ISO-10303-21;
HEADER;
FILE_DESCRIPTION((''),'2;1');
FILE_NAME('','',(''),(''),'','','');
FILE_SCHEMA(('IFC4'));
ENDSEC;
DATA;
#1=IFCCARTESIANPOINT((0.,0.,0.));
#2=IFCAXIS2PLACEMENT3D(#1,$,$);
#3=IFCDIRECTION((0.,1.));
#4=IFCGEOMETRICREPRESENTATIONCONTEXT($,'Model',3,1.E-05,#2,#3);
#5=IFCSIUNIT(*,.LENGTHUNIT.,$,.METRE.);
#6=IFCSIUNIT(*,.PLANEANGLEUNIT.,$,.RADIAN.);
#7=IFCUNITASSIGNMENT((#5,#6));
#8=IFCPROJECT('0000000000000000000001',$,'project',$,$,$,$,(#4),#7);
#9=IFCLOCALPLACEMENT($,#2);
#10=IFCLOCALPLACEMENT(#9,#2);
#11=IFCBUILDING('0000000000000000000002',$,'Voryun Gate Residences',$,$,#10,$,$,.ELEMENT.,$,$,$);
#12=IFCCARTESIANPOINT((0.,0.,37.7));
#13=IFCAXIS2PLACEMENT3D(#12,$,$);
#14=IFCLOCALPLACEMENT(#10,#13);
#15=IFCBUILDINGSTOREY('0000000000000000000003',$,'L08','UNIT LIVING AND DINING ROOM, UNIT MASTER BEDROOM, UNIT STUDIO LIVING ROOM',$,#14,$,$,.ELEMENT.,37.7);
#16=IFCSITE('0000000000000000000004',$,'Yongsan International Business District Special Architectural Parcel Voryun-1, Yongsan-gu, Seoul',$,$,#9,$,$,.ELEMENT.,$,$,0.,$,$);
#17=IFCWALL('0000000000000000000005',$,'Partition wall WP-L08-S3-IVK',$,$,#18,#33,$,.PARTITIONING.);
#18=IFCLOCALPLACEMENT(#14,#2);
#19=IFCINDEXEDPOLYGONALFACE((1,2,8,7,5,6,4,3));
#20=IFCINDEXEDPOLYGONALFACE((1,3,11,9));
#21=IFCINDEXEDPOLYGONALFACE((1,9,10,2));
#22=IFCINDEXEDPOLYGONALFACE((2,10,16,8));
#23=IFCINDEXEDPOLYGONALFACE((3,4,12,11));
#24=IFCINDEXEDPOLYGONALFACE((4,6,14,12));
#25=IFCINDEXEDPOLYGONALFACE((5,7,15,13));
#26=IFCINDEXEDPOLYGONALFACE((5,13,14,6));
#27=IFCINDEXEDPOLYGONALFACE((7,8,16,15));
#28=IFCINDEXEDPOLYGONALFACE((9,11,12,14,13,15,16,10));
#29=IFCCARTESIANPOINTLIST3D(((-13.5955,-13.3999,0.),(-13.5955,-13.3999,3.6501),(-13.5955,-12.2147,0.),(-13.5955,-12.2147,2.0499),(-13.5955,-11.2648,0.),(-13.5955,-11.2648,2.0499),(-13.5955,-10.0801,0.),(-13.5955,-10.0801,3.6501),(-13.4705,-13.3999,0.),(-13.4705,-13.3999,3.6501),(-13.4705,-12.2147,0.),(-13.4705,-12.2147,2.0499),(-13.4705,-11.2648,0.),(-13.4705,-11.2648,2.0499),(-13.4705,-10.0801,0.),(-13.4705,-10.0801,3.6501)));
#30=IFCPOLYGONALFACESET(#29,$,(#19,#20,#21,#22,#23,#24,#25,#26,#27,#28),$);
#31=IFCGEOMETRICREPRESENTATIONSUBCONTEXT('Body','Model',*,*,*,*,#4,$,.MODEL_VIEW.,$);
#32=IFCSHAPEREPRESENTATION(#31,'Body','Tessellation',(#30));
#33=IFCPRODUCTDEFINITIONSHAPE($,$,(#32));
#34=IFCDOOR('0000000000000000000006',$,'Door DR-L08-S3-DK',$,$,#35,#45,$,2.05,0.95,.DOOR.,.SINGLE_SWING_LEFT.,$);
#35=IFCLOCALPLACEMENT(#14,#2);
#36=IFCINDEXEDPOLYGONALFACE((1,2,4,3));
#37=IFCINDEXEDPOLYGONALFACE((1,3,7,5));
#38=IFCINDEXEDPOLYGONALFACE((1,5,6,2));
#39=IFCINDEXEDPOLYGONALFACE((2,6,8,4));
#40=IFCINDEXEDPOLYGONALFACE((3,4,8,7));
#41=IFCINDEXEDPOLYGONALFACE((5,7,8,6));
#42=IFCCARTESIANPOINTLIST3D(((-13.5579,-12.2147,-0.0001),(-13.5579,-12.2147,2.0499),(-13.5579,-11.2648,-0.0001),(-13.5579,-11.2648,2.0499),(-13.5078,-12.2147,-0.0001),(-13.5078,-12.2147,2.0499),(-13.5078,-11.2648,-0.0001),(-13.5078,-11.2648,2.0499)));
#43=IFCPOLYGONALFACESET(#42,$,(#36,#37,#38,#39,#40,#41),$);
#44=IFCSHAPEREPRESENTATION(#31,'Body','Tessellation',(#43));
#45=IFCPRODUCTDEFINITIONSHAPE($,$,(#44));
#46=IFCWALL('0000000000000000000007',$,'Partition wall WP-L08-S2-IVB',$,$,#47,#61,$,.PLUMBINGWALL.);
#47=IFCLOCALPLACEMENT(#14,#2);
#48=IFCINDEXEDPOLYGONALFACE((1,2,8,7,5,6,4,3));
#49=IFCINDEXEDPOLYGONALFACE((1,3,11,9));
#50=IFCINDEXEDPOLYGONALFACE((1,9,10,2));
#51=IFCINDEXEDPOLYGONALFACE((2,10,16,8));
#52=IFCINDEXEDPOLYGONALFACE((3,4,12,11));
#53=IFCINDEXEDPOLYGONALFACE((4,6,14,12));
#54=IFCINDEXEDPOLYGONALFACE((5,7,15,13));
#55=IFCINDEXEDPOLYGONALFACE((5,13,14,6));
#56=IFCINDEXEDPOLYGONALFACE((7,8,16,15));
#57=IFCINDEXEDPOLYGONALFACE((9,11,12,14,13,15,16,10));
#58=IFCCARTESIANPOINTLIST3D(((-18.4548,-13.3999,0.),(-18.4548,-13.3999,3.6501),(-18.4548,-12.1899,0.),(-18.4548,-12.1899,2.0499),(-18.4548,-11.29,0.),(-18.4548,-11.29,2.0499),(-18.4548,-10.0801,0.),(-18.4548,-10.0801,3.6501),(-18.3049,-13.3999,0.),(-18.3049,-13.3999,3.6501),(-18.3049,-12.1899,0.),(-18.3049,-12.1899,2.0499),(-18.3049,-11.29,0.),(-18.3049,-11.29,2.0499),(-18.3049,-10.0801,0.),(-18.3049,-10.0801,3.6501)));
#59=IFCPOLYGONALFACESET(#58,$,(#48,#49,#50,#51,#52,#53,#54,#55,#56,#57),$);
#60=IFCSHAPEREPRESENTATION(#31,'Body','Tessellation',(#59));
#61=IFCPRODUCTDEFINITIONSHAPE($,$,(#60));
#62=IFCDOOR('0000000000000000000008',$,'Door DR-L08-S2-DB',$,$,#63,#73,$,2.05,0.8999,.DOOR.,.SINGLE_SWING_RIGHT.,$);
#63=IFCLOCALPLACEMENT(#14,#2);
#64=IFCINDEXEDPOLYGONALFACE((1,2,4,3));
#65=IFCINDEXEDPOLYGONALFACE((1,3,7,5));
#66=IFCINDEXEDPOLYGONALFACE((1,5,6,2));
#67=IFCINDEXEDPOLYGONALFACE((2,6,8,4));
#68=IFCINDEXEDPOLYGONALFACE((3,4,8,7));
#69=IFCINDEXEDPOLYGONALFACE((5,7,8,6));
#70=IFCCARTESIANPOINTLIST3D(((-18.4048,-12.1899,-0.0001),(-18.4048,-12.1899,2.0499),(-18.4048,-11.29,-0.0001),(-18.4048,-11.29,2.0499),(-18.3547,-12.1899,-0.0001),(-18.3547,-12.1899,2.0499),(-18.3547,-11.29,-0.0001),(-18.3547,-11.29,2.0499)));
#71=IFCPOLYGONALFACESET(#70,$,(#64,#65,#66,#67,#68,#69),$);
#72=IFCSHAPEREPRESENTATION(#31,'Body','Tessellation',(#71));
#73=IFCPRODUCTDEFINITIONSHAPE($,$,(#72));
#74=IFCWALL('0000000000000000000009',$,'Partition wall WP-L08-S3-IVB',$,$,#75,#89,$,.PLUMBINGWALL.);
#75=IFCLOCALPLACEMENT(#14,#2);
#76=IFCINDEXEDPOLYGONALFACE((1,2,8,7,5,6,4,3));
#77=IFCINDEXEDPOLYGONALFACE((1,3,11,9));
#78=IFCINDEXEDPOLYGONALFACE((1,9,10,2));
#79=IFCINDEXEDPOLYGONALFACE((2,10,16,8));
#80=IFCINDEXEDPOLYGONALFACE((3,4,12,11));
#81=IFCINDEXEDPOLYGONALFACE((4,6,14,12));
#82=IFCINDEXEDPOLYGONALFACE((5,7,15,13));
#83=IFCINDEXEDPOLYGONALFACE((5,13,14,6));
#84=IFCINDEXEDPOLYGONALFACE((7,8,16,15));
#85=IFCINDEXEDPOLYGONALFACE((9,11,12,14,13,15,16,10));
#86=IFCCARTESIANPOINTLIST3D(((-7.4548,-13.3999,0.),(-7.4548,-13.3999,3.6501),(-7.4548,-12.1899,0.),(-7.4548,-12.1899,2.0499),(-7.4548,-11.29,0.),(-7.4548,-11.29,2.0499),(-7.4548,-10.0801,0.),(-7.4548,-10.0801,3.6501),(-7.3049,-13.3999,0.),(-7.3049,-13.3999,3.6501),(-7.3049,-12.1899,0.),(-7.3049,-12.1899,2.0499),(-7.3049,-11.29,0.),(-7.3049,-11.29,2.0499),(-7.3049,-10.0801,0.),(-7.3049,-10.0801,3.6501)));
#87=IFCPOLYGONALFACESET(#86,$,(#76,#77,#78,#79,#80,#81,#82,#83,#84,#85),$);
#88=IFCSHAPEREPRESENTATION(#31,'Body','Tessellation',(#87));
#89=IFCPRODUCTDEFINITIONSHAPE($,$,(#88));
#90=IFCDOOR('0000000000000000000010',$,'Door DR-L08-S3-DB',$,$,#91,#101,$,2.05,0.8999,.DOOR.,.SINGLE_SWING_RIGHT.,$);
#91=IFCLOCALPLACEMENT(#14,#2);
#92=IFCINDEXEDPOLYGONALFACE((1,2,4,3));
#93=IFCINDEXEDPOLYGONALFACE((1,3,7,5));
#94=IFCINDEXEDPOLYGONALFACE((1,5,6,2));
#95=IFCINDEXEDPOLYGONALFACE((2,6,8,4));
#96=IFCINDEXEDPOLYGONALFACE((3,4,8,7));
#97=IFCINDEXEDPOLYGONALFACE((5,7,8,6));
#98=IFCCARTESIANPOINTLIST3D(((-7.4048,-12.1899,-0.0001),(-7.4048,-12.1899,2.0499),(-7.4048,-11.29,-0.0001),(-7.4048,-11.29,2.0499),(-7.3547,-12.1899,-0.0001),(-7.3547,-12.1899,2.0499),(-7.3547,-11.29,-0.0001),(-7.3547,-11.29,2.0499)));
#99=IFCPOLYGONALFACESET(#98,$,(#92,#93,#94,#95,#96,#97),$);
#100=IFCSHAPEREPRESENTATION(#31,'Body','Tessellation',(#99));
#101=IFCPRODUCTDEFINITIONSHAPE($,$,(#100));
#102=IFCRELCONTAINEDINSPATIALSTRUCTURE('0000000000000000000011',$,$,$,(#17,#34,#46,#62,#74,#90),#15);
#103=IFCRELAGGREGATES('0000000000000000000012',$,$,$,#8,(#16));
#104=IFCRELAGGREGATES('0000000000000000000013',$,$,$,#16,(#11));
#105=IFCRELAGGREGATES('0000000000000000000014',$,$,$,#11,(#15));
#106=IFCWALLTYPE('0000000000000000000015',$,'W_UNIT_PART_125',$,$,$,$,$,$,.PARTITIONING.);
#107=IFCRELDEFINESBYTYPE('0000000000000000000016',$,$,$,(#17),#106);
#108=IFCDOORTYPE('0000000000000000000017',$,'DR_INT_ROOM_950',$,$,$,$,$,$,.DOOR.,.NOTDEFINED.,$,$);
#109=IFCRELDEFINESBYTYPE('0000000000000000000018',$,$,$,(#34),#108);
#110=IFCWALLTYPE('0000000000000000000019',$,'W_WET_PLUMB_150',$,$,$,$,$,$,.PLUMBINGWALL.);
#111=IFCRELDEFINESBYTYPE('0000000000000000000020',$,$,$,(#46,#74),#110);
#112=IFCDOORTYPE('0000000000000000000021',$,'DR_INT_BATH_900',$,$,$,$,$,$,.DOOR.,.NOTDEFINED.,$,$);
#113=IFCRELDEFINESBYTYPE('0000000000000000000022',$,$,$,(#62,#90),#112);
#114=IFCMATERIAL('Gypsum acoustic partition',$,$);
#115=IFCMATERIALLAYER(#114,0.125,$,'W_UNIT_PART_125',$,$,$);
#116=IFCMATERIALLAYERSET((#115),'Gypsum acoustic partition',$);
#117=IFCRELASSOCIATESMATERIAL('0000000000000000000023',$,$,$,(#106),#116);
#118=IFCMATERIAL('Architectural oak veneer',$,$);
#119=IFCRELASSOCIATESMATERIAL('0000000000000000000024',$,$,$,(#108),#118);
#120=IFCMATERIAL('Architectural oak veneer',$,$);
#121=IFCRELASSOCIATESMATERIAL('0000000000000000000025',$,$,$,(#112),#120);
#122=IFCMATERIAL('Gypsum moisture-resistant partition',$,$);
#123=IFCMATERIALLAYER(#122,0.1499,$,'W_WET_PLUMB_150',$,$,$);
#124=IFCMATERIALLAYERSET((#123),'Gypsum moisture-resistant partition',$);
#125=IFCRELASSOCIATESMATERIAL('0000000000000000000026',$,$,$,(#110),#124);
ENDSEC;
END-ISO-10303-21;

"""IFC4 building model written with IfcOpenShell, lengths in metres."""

from ifc_helpers import new_model, si_unit, direction, frame, frame_2d, origin, place, context, subcontext, project, spatial, rectangle, extrude, material, layer, layer_set, type_object, element, fill, save


model = new_model("IFC4")

# Units and contexts
model_context = context("Model", 3, precision=1e-05, world=origin(), true_north=direction((0.0, 1.0)))
body_context = subcontext(model_context, "Body", "Model", "MODEL_VIEW")
ifc_project = project(units=[si_unit("LENGTHUNIT", "METRE"), si_unit("PLANEANGLEUNIT", "RADIAN")], contexts=[model_context])

# Site, building, storey
site_placement = place(None, origin())
site = spatial("IfcSite", under=ifc_project, at=site_placement, Name="Yongsan International Business District Special Architectural Parcel Voryun-1, Yongsan-gu, Seoul", CompositionType="ELEMENT", RefElevation=0.0)
building_placement = place(site_placement, origin())
building = spatial("IfcBuilding", under=site, at=building_placement, Name="Voryun Gate Residences", CompositionType="ELEMENT")
storey_placement = place(building_placement, frame((0.0, 0.0, 37.7)))
storey = spatial("IfcBuildingStorey", under=building, at=storey_placement, Name="L08", Description="UNIT LIVING AND DINING ROOM, UNIT MASTER BEDROOM, UNIT STUDIO LIVING ROOM", CompositionType="ELEMENT", Elevation=37.7)

# Walls, openings, doors
ifc_material_1 = material(Name="Gypsum acoustic partition")
ifc_layer_1 = layer(ifc_material_1, 0.125, Name="W_UNIT_PART_125")
ifc_layer_set_1 = layer_set([ifc_layer_1], Name="Gypsum acoustic partition")
wall_type_1 = type_object("IfcWallType", Name="W_UNIT_PART_125", PredefinedType="PARTITIONING", material=ifc_layer_set_1)
ifc_material_2 = material(Name="Architectural oak veneer")
door_type_1 = type_object("IfcDoorType", Name="DR_INT_ROOM_950", OperationType="NOTDEFINED", PredefinedType="DOOR", material=ifc_material_2)
ifc_material_3 = material(Name="Architectural oak veneer")
door_type_2 = type_object("IfcDoorType", Name="DR_INT_BATH_900", OperationType="NOTDEFINED", PredefinedType="DOOR", material=ifc_material_3)
wall_1_placement = place(storey_placement, frame((-13.533, -13.3999, 0.0), z_axis=(0.0, 0.0, 1.0), x_axis=(0.0, 1.0, 0.0)))
wall_1 = element("IfcWall", 1, at=wall_1_placement, inside=storey, type_object=wall_type_1, Name="Partition wall WP-L08-S3-IVK", PredefinedType="PARTITIONING", context=body_context, shape_type="SweptSolid", body=[
    extrude(rectangle(XDim=3.3198, YDim=0.125, at=frame_2d((1.6599, 0.0))), origin(), (0.0, 0.0, 1.0), 3.6501),
])
opening_1_placement = place(wall_1_placement, frame((1.1851, 0.0, 0.0)))
opening_1 = element("IfcOpeningElement", 2, at=opening_1_placement, cuts=wall_1, PredefinedType="OPENING", context=body_context, shape_type="SweptSolid", body=[
    extrude(rectangle(XDim=0.95, YDim=2.05, at=frame_2d((0.4751, 1.0249))), frame((0.0, 0.0725, 0.0), z_axis=(0.0, -1.0, 0.0), x_axis=(1.0, 0.0, 0.0)), (0.0, 0.0, 1.0), 0.145),
])
door_1_placement = place(opening_1_placement, origin())
door_1 = element("IfcDoor", 3, at=door_1_placement, inside=storey, type_object=door_type_1, Name="Door DR-L08-S3-DK", OperationType="SINGLE_SWING_LEFT", OverallHeight=2.05, OverallWidth=0.95, PredefinedType="DOOR", context=body_context, shape_type="SweptSolid", body=[
    extrude(rectangle(XDim=0.95, YDim=2.05, at=frame_2d((0.4751, 1.0249))), frame((0.0, 0.0249, 0.0), z_axis=(0.0, -1.0, 0.0), x_axis=(1.0, 0.0, 0.0)), (0.0, 0.0, 1.0), 0.05),
])
fill(opening_1, door_1)
ifc_material_4 = material(Name="Gypsum moisture-resistant partition")
ifc_layer_2 = layer(ifc_material_4, 0.1499, Name="W_WET_PLUMB_150")
ifc_layer_set_2 = layer_set([ifc_layer_2], Name="Gypsum moisture-resistant partition")
wall_type_2 = type_object("IfcWallType", Name="W_WET_PLUMB_150", PredefinedType="PLUMBINGWALL", material=ifc_layer_set_2)
wall_2_placement = place(storey_placement, frame((-18.3799, -13.3999, 0.0), z_axis=(0.0, 0.0, 1.0), x_axis=(0.0, 1.0, 0.0)))
wall_2 = element("IfcWall", 4, at=wall_2_placement, inside=storey, type_object=wall_type_2, Name="Partition wall WP-L08-S2-IVB", PredefinedType="PLUMBINGWALL", context=body_context, shape_type="SweptSolid", body=[
    extrude(rectangle(XDim=3.3198, YDim=0.1499, at=frame_2d((1.6599, 0.0))), origin(), (0.0, 0.0, 1.0), 3.6501),
])
opening_2_placement = place(wall_2_placement, frame((1.21, 0.0, 0.0)))
opening_2 = element("IfcOpeningElement", 5, at=opening_2_placement, cuts=wall_2, PredefinedType="OPENING", context=body_context, shape_type="SweptSolid", body=[
    extrude(rectangle(XDim=0.8999, YDim=2.05, at=frame_2d((0.45, 1.0249))), frame((0.0, 0.085, 0.0), z_axis=(0.0, -1.0, 0.0), x_axis=(1.0, 0.0, 0.0)), (0.0, 0.0, 1.0), 0.1699),
])
door_2_placement = place(opening_2_placement, origin())
door_2 = element("IfcDoor", 6, at=door_2_placement, inside=storey, type_object=door_type_2, Name="Door DR-L08-S2-DB", OperationType="SINGLE_SWING_RIGHT", OverallHeight=2.05, OverallWidth=0.8999, PredefinedType="DOOR", context=body_context, shape_type="SweptSolid", body=[
    extrude(rectangle(XDim=0.8999, YDim=2.05, at=frame_2d((0.45, 1.0249))), frame((0.0, 0.0249, 0.0), z_axis=(0.0, -1.0, 0.0), x_axis=(1.0, 0.0, 0.0)), (0.0, 0.0, 1.0), 0.05),
])
fill(opening_2, door_2)
wall_3_placement = place(storey_placement, frame((-7.3799, -13.3999, 0.0), z_axis=(0.0, 0.0, 1.0), x_axis=(0.0, 1.0, 0.0)))
wall_3 = element("IfcWall", 7, at=wall_3_placement, inside=storey, type_object=wall_type_2, Name="Partition wall WP-L08-S3-IVB", PredefinedType="PLUMBINGWALL", context=body_context, shape_type="SweptSolid", body=[
    extrude(rectangle(XDim=3.3198, YDim=0.1499, at=frame_2d((1.6599, 0.0))), origin(), (0.0, 0.0, 1.0), 3.6501),
])
opening_3_placement = place(wall_3_placement, frame((1.21, 0.0, 0.0)))
opening_3 = element("IfcOpeningElement", 8, at=opening_3_placement, cuts=wall_3, PredefinedType="OPENING", context=body_context, shape_type="SweptSolid", body=[
    extrude(rectangle(XDim=0.8999, YDim=2.05, at=frame_2d((0.45, 1.0249))), frame((0.0, 0.085, 0.0), z_axis=(0.0, -1.0, 0.0), x_axis=(1.0, 0.0, 0.0)), (0.0, 0.0, 1.0), 0.1699),
])
door_3_placement = place(opening_3_placement, origin())
door_3 = element("IfcDoor", 9, at=door_3_placement, inside=storey, type_object=door_type_2, Name="Door DR-L08-S3-DB", OperationType="SINGLE_SWING_RIGHT", OverallHeight=2.05, OverallWidth=0.8999, PredefinedType="DOOR", context=body_context, shape_type="SweptSolid", body=[
    extrude(rectangle(XDim=0.8999, YDim=2.05, at=frame_2d((0.45, 1.0249))), frame((0.0, 0.0249, 0.0), z_axis=(0.0, -1.0, 0.0), x_axis=(1.0, 0.0, 0.0)), (0.0, 0.0, 1.0), 0.05),
])
fill(opening_3, door_3)

save(model, "model.ifc")
